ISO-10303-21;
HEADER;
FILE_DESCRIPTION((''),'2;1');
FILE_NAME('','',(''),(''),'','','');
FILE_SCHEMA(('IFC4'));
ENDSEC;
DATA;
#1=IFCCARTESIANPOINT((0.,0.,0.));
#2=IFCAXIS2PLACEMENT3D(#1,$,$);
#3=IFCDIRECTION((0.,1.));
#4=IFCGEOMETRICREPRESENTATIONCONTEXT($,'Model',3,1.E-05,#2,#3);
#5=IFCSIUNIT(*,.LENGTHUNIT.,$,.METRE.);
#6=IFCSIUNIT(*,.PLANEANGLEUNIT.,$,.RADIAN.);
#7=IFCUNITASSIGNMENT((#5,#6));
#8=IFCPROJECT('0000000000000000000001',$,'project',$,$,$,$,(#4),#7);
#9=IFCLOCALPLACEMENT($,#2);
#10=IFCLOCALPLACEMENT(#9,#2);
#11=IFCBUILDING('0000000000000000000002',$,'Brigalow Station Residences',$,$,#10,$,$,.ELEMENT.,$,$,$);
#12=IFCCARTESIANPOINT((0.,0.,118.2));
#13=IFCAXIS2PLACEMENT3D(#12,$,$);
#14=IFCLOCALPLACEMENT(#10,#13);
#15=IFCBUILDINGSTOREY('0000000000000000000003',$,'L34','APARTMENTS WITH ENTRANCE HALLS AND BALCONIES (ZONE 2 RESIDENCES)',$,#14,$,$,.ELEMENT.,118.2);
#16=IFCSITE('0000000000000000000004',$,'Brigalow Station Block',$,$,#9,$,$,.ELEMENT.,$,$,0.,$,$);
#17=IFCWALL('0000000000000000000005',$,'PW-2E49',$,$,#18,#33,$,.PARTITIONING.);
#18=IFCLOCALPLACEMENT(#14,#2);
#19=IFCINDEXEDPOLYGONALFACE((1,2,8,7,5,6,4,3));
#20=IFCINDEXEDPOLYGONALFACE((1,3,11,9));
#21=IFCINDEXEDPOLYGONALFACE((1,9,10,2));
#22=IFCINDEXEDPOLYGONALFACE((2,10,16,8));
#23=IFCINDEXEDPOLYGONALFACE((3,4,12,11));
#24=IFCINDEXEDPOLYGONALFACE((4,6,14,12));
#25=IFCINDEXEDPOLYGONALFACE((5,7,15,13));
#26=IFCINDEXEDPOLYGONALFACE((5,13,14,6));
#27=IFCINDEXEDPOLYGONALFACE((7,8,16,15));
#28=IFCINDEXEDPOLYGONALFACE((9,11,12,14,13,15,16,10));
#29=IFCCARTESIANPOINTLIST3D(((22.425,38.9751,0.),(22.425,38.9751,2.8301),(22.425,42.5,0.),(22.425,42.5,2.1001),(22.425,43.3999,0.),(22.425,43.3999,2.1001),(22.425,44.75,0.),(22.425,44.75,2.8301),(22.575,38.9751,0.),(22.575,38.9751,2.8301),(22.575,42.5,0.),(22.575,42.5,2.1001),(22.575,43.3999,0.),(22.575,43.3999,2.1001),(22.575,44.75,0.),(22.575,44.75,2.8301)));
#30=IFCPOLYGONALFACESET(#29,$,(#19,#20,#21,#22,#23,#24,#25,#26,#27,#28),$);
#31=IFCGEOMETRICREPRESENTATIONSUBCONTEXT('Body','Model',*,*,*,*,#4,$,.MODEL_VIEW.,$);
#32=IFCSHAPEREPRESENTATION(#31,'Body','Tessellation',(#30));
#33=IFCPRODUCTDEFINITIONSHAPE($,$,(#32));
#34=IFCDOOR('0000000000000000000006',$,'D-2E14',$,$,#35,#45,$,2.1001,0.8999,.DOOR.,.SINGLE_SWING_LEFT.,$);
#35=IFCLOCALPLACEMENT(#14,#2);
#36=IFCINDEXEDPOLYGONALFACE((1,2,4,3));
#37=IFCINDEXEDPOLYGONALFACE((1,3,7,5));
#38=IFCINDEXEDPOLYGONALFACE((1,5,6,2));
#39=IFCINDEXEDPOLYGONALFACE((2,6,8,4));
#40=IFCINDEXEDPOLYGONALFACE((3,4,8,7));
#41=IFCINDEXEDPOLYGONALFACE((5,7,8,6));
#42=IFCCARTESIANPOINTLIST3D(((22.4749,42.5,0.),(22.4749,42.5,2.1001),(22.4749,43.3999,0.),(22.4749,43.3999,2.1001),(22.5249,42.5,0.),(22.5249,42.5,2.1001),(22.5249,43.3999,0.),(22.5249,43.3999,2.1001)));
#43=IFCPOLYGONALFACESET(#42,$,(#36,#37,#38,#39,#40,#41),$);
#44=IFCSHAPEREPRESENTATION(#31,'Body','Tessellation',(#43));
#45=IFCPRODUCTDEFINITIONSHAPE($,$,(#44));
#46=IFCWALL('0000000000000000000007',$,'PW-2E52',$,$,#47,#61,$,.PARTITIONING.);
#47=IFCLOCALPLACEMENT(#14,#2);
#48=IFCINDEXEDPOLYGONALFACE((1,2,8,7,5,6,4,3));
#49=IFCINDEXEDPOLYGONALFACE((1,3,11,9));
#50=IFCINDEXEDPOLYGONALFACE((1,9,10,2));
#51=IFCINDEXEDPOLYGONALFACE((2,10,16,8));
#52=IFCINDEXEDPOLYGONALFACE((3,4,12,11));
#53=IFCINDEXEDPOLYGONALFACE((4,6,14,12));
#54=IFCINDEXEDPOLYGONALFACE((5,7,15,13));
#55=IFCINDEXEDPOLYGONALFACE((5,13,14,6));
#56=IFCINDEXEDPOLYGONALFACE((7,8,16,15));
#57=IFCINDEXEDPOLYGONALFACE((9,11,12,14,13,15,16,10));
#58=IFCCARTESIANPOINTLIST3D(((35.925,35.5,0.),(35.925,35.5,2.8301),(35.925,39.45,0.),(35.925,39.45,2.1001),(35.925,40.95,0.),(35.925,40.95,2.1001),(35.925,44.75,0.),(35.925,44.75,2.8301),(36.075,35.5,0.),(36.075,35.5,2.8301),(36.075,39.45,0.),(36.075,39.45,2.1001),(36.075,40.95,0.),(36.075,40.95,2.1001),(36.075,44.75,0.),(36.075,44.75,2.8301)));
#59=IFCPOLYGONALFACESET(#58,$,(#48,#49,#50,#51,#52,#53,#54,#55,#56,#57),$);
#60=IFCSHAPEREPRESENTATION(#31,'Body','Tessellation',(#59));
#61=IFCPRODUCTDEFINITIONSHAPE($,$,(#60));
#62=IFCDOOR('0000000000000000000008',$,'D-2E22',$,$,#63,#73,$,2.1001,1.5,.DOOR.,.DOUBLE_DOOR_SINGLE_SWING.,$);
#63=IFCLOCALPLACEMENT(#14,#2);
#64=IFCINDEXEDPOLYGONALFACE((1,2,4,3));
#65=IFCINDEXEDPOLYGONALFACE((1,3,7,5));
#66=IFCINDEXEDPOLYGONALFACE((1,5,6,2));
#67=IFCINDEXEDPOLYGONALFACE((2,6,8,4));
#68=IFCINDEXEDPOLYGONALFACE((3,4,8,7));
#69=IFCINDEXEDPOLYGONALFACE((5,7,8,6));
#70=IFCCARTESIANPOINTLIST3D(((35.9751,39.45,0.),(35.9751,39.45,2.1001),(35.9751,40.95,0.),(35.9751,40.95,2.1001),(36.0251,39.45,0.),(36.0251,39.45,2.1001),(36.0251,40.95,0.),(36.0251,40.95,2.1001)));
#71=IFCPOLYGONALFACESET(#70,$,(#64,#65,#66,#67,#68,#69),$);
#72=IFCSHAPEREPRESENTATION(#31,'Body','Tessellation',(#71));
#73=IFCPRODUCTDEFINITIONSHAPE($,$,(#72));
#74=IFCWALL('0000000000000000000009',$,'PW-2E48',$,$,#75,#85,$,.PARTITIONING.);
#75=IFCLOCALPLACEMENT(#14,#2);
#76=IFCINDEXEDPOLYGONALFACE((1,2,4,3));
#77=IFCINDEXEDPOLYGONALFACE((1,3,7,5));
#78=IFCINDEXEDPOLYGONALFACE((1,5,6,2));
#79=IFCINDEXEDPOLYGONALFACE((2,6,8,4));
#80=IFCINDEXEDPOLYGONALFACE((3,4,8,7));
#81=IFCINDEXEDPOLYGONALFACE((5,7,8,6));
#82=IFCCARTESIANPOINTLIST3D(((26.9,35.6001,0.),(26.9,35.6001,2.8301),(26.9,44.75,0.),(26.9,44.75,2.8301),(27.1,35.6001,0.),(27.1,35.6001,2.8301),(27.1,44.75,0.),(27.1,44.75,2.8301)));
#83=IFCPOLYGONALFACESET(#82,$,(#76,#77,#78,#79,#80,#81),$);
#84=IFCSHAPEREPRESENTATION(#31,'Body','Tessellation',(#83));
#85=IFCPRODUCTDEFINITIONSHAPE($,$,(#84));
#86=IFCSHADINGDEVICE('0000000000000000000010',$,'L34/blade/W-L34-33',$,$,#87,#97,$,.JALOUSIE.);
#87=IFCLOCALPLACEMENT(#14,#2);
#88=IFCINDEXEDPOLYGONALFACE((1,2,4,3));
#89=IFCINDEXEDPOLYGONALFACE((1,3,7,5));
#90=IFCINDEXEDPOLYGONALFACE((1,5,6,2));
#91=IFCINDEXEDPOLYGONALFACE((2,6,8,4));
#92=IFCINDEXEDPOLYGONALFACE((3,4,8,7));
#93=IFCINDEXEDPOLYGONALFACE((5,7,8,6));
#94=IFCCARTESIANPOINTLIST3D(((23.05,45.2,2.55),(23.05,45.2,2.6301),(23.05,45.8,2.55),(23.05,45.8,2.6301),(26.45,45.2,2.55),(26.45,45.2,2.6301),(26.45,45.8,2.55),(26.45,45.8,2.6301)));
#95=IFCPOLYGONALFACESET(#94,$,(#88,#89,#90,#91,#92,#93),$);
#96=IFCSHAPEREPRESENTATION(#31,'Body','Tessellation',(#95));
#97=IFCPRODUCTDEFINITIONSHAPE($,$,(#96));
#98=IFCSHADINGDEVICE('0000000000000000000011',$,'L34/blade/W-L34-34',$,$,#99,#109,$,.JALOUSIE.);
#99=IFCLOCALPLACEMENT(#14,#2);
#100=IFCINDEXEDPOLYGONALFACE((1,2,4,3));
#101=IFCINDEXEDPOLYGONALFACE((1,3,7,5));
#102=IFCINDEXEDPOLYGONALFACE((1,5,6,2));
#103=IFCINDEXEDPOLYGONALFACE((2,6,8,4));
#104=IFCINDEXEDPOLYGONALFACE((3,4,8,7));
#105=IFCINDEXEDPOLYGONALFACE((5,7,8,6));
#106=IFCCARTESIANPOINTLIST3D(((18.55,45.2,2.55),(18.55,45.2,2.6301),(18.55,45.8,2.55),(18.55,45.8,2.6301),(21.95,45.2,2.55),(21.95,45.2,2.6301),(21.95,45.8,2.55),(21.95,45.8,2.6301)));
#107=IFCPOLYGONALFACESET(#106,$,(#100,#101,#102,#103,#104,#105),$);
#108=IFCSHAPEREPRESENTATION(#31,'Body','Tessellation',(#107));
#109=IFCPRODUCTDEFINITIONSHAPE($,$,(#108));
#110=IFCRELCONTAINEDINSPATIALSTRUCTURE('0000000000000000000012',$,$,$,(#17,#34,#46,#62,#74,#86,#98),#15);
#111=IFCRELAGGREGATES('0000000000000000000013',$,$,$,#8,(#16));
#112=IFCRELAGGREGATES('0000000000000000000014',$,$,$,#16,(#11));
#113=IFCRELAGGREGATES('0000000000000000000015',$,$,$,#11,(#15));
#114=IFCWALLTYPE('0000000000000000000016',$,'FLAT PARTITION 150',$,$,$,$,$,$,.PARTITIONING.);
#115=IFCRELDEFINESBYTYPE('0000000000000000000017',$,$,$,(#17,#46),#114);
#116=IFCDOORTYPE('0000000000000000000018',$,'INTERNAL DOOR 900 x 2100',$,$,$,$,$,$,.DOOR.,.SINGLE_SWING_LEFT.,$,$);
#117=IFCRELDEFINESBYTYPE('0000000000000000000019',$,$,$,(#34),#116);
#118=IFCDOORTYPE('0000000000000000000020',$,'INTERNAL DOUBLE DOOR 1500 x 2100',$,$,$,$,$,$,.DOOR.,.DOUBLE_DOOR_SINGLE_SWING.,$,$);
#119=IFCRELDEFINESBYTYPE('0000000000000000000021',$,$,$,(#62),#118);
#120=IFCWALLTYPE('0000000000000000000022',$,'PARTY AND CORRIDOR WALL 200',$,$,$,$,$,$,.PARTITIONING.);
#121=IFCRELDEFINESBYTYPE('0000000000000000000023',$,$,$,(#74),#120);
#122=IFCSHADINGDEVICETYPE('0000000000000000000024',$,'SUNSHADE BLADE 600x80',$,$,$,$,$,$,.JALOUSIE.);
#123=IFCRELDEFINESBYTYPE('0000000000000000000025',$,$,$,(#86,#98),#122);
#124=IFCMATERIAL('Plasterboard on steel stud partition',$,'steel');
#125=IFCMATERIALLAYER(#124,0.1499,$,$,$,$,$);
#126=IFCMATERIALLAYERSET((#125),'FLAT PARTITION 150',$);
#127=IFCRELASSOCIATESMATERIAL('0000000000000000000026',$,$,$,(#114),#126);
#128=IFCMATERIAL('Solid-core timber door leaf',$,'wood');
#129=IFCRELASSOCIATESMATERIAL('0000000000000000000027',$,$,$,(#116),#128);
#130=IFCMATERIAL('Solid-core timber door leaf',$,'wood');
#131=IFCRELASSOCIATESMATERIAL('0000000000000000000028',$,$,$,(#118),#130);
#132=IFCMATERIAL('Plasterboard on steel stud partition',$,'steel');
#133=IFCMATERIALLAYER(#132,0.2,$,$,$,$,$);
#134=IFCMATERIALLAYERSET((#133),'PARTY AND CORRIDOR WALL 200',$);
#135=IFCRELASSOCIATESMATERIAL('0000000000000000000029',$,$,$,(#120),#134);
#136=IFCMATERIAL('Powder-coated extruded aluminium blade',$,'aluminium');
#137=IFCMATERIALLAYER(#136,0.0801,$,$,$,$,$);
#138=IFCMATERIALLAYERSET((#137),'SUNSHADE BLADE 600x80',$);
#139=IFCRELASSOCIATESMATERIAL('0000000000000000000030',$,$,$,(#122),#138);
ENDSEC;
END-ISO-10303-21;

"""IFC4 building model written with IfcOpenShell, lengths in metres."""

from ifc_helpers import new_model, si_unit, direction, frame, frame_2d, origin, origin_2d, place, context, subcontext, project, spatial, rectangle, extrude, material, layer, layer_set, type_object, element, fill, save


model = new_model("IFC4")

# Units and contexts
model_context = context("Model", 3, precision=1e-05, world=origin(), true_north=direction((0.0, 1.0)))
body_context = subcontext(model_context, "Body", "Model", "MODEL_VIEW")
ifc_project = project(units=[si_unit("LENGTHUNIT", "METRE"), si_unit("PLANEANGLEUNIT", "RADIAN")], contexts=[model_context])

# Site, building, storey
site_placement = place(None, origin())
site = spatial("IfcSite", under=ifc_project, at=site_placement, Name="Brigalow Station Block", CompositionType="ELEMENT", RefElevation=0.0)
building_placement = place(site_placement, origin())
building = spatial("IfcBuilding", under=site, at=building_placement, Name="Brigalow Station Residences", CompositionType="ELEMENT")
storey_placement = place(building_placement, frame((0.0, 0.0, 118.2)))
storey = spatial("IfcBuildingStorey", under=building, at=storey_placement, Name="L34", Description="APARTMENTS WITH ENTRANCE HALLS AND BALCONIES (ZONE 2 RESIDENCES)", CompositionType="ELEMENT", Elevation=118.2)

# Walls, openings, doors
ifc_material_1 = material(Name="Plasterboard on steel stud partition", Category="steel")
ifc_layer_1 = layer(ifc_material_1, 0.1499)
ifc_layer_set_1 = layer_set([ifc_layer_1], Name="FLAT PARTITION 150")
wall_type_1 = type_object("IfcWallType", Name="FLAT PARTITION 150", PredefinedType="PARTITIONING", material=ifc_layer_set_1)
wall_1_placement = place(storey_placement, frame((22.5, 38.9751, 0.0), z_axis=(0.0, 0.0, 1.0), x_axis=(0.0, 1.0, 0.0)))
wall_1 = element("IfcWall", 1, at=wall_1_placement, inside=storey, type_object=wall_type_1, Name="PW-2E49", PredefinedType="PARTITIONING", context=body_context, shape_type="SweptSolid", body=[
    extrude(rectangle(XDim=5.7749, YDim=0.1499, at=frame_2d((2.8875, 0.0))), origin(), (0.0, 0.0, 1.0), 2.8301),
])
opening_1_placement = place(wall_1_placement, frame((3.5249, 0.0, 0.0)))
opening_1 = element("IfcOpeningElement", 2, at=opening_1_placement, cuts=wall_1, PredefinedType="OPENING", context=body_context, shape_type="SweptSolid", body=[
    extrude(rectangle(XDim=0.8999, YDim=2.1001, at=frame_2d((0.45, 1.05))), frame((0.0, 0.085, 0.0), z_axis=(0.0, -1.0, 0.0), x_axis=(1.0, 0.0, 0.0)), (0.0, 0.0, 1.0), 0.1699),
])
ifc_material_2 = material(Name="Solid-core timber door leaf", Category="wood")
door_type_1 = type_object("IfcDoorType", Name="INTERNAL DOOR 900 x 2100", OperationType="SINGLE_SWING_LEFT", PredefinedType="DOOR", material=ifc_material_2)
door_1_placement = place(opening_1_placement, frame((0.8999, 0.0, 0.0), z_axis=(0.0, 0.0, 1.0), x_axis=(-1.0, 0.0, 0.0)))
door_1 = element("IfcDoor", 3, at=door_1_placement, inside=storey, type_object=door_type_1, Name="D-2E14", OperationType="SINGLE_SWING_LEFT", OverallHeight=2.1001, OverallWidth=0.8999, PredefinedType="DOOR", context=body_context, shape_type="SweptSolid", body=[
    extrude(rectangle(XDim=0.8999, YDim=2.1001, at=frame_2d((0.45, 1.05))), frame((0.0, 0.0249, 0.0), z_axis=(0.0, -1.0, 0.0), x_axis=(1.0, 0.0, 0.0)), (0.0, 0.0, 1.0), 0.05),
])
fill(opening_1, door_1)
wall_2_placement = place(storey_placement, frame((36.0, 35.5, 0.0), z_axis=(0.0, 0.0, 1.0), x_axis=(0.0, 1.0, 0.0)))
wall_2 = element("IfcWall", 4, at=wall_2_placement, inside=storey, type_object=wall_type_1, Name="PW-2E52", PredefinedType="PARTITIONING", context=body_context, shape_type="SweptSolid", body=[
    extrude(rectangle(XDim=9.25, YDim=0.1499, at=frame_2d((4.625, 0.0))), origin(), (0.0, 0.0, 1.0), 2.8301),
])
opening_2_placement = place(wall_2_placement, frame((3.95, 0.0, 0.0)))
opening_2 = element("IfcOpeningElement", 5, at=opening_2_placement, cuts=wall_2, PredefinedType="OPENING", context=body_context, shape_type="SweptSolid", body=[
    extrude(rectangle(XDim=1.5, YDim=2.1001, at=frame_2d((0.75, 1.05))), frame((0.0, 0.085, 0.0), z_axis=(0.0, -1.0, 0.0), x_axis=(1.0, 0.0, 0.0)), (0.0, 0.0, 1.0), 0.1699),
])
ifc_material_3 = material(Name="Solid-core timber door leaf", Category="wood")
door_type_2 = type_object("IfcDoorType", Name="INTERNAL DOUBLE DOOR 1500 x 2100", OperationType="DOUBLE_DOOR_SINGLE_SWING", PredefinedType="DOOR", material=ifc_material_3)
door_2_placement = place(opening_2_placement, origin())
door_2 = element("IfcDoor", 6, at=door_2_placement, inside=storey, type_object=door_type_2, Name="D-2E22", OperationType="DOUBLE_DOOR_SINGLE_SWING", OverallHeight=2.1001, OverallWidth=1.5, PredefinedType="DOOR", context=body_context, shape_type="SweptSolid", body=[
    extrude(rectangle(XDim=1.5, YDim=2.1001, at=frame_2d((0.75, 1.05))), frame((0.0, 0.0249, 0.0), z_axis=(0.0, -1.0, 0.0), x_axis=(1.0, 0.0, 0.0)), (0.0, 0.0, 1.0), 0.05),
])
fill(opening_2, door_2)

# Wall
ifc_material_4 = material(Name="Plasterboard on steel stud partition", Category="steel")
ifc_layer_2 = layer(ifc_material_4, 0.2)
ifc_layer_set_2 = layer_set([ifc_layer_2], Name="PARTY AND CORRIDOR WALL 200")
wall_type_2 = type_object("IfcWallType", Name="PARTY AND CORRIDOR WALL 200", PredefinedType="PARTITIONING", material=ifc_layer_set_2)
wall_3_placement = place(storey_placement, frame((27.0, 35.6001, 0.0), z_axis=(0.0, 0.0, 1.0), x_axis=(0.0, 1.0, 0.0)))
element("IfcWall", 7, at=wall_3_placement, inside=storey, type_object=wall_type_2, Name="PW-2E48", PredefinedType="PARTITIONING", context=body_context, shape_type="SweptSolid", body=[
    extrude(rectangle(XDim=9.1499, YDim=0.2, at=frame_2d((4.575, 0.0))), origin(), (0.0, 0.0, 1.0), 2.8301),
])

# Shading devices
ifc_material_5 = material(Name="Powder-coated extruded aluminium blade", Category="aluminium")
ifc_layer_3 = layer(ifc_material_5, 0.0801)
ifc_layer_set_3 = layer_set([ifc_layer_3], Name="SUNSHADE BLADE 600x80")
shading_device_type = type_object("IfcShadingDeviceType", Name="SUNSHADE BLADE 600x80", PredefinedType="JALOUSIE", material=ifc_layer_set_3)
for number, where, z_axis, x_axis, name in (
    (8, (24.75, 45.5, 2.55), (0.0, 0.0, 1.0), (-1.0, 0.0, 0.0), "L34/blade/W-L34-33"),
    (9, (20.25, 45.5, 2.55), (0.0, 0.0, 1.0), (-1.0, 0.0, 0.0), "L34/blade/W-L34-34"),
):
    element("IfcShadingDevice", number, at=place(storey_placement, frame(where, z_axis=z_axis, x_axis=x_axis)), inside=storey, type_object=shading_device_type, Name=name, PredefinedType="JALOUSIE", context=body_context, shape_type="SweptSolid", body=[
        extrude(rectangle(XDim=3.3999, YDim=0.6001, at=origin_2d()), origin(), (0.0, 0.0, 1.0), 0.0801),
    ])

save(model, "model.ifc")
